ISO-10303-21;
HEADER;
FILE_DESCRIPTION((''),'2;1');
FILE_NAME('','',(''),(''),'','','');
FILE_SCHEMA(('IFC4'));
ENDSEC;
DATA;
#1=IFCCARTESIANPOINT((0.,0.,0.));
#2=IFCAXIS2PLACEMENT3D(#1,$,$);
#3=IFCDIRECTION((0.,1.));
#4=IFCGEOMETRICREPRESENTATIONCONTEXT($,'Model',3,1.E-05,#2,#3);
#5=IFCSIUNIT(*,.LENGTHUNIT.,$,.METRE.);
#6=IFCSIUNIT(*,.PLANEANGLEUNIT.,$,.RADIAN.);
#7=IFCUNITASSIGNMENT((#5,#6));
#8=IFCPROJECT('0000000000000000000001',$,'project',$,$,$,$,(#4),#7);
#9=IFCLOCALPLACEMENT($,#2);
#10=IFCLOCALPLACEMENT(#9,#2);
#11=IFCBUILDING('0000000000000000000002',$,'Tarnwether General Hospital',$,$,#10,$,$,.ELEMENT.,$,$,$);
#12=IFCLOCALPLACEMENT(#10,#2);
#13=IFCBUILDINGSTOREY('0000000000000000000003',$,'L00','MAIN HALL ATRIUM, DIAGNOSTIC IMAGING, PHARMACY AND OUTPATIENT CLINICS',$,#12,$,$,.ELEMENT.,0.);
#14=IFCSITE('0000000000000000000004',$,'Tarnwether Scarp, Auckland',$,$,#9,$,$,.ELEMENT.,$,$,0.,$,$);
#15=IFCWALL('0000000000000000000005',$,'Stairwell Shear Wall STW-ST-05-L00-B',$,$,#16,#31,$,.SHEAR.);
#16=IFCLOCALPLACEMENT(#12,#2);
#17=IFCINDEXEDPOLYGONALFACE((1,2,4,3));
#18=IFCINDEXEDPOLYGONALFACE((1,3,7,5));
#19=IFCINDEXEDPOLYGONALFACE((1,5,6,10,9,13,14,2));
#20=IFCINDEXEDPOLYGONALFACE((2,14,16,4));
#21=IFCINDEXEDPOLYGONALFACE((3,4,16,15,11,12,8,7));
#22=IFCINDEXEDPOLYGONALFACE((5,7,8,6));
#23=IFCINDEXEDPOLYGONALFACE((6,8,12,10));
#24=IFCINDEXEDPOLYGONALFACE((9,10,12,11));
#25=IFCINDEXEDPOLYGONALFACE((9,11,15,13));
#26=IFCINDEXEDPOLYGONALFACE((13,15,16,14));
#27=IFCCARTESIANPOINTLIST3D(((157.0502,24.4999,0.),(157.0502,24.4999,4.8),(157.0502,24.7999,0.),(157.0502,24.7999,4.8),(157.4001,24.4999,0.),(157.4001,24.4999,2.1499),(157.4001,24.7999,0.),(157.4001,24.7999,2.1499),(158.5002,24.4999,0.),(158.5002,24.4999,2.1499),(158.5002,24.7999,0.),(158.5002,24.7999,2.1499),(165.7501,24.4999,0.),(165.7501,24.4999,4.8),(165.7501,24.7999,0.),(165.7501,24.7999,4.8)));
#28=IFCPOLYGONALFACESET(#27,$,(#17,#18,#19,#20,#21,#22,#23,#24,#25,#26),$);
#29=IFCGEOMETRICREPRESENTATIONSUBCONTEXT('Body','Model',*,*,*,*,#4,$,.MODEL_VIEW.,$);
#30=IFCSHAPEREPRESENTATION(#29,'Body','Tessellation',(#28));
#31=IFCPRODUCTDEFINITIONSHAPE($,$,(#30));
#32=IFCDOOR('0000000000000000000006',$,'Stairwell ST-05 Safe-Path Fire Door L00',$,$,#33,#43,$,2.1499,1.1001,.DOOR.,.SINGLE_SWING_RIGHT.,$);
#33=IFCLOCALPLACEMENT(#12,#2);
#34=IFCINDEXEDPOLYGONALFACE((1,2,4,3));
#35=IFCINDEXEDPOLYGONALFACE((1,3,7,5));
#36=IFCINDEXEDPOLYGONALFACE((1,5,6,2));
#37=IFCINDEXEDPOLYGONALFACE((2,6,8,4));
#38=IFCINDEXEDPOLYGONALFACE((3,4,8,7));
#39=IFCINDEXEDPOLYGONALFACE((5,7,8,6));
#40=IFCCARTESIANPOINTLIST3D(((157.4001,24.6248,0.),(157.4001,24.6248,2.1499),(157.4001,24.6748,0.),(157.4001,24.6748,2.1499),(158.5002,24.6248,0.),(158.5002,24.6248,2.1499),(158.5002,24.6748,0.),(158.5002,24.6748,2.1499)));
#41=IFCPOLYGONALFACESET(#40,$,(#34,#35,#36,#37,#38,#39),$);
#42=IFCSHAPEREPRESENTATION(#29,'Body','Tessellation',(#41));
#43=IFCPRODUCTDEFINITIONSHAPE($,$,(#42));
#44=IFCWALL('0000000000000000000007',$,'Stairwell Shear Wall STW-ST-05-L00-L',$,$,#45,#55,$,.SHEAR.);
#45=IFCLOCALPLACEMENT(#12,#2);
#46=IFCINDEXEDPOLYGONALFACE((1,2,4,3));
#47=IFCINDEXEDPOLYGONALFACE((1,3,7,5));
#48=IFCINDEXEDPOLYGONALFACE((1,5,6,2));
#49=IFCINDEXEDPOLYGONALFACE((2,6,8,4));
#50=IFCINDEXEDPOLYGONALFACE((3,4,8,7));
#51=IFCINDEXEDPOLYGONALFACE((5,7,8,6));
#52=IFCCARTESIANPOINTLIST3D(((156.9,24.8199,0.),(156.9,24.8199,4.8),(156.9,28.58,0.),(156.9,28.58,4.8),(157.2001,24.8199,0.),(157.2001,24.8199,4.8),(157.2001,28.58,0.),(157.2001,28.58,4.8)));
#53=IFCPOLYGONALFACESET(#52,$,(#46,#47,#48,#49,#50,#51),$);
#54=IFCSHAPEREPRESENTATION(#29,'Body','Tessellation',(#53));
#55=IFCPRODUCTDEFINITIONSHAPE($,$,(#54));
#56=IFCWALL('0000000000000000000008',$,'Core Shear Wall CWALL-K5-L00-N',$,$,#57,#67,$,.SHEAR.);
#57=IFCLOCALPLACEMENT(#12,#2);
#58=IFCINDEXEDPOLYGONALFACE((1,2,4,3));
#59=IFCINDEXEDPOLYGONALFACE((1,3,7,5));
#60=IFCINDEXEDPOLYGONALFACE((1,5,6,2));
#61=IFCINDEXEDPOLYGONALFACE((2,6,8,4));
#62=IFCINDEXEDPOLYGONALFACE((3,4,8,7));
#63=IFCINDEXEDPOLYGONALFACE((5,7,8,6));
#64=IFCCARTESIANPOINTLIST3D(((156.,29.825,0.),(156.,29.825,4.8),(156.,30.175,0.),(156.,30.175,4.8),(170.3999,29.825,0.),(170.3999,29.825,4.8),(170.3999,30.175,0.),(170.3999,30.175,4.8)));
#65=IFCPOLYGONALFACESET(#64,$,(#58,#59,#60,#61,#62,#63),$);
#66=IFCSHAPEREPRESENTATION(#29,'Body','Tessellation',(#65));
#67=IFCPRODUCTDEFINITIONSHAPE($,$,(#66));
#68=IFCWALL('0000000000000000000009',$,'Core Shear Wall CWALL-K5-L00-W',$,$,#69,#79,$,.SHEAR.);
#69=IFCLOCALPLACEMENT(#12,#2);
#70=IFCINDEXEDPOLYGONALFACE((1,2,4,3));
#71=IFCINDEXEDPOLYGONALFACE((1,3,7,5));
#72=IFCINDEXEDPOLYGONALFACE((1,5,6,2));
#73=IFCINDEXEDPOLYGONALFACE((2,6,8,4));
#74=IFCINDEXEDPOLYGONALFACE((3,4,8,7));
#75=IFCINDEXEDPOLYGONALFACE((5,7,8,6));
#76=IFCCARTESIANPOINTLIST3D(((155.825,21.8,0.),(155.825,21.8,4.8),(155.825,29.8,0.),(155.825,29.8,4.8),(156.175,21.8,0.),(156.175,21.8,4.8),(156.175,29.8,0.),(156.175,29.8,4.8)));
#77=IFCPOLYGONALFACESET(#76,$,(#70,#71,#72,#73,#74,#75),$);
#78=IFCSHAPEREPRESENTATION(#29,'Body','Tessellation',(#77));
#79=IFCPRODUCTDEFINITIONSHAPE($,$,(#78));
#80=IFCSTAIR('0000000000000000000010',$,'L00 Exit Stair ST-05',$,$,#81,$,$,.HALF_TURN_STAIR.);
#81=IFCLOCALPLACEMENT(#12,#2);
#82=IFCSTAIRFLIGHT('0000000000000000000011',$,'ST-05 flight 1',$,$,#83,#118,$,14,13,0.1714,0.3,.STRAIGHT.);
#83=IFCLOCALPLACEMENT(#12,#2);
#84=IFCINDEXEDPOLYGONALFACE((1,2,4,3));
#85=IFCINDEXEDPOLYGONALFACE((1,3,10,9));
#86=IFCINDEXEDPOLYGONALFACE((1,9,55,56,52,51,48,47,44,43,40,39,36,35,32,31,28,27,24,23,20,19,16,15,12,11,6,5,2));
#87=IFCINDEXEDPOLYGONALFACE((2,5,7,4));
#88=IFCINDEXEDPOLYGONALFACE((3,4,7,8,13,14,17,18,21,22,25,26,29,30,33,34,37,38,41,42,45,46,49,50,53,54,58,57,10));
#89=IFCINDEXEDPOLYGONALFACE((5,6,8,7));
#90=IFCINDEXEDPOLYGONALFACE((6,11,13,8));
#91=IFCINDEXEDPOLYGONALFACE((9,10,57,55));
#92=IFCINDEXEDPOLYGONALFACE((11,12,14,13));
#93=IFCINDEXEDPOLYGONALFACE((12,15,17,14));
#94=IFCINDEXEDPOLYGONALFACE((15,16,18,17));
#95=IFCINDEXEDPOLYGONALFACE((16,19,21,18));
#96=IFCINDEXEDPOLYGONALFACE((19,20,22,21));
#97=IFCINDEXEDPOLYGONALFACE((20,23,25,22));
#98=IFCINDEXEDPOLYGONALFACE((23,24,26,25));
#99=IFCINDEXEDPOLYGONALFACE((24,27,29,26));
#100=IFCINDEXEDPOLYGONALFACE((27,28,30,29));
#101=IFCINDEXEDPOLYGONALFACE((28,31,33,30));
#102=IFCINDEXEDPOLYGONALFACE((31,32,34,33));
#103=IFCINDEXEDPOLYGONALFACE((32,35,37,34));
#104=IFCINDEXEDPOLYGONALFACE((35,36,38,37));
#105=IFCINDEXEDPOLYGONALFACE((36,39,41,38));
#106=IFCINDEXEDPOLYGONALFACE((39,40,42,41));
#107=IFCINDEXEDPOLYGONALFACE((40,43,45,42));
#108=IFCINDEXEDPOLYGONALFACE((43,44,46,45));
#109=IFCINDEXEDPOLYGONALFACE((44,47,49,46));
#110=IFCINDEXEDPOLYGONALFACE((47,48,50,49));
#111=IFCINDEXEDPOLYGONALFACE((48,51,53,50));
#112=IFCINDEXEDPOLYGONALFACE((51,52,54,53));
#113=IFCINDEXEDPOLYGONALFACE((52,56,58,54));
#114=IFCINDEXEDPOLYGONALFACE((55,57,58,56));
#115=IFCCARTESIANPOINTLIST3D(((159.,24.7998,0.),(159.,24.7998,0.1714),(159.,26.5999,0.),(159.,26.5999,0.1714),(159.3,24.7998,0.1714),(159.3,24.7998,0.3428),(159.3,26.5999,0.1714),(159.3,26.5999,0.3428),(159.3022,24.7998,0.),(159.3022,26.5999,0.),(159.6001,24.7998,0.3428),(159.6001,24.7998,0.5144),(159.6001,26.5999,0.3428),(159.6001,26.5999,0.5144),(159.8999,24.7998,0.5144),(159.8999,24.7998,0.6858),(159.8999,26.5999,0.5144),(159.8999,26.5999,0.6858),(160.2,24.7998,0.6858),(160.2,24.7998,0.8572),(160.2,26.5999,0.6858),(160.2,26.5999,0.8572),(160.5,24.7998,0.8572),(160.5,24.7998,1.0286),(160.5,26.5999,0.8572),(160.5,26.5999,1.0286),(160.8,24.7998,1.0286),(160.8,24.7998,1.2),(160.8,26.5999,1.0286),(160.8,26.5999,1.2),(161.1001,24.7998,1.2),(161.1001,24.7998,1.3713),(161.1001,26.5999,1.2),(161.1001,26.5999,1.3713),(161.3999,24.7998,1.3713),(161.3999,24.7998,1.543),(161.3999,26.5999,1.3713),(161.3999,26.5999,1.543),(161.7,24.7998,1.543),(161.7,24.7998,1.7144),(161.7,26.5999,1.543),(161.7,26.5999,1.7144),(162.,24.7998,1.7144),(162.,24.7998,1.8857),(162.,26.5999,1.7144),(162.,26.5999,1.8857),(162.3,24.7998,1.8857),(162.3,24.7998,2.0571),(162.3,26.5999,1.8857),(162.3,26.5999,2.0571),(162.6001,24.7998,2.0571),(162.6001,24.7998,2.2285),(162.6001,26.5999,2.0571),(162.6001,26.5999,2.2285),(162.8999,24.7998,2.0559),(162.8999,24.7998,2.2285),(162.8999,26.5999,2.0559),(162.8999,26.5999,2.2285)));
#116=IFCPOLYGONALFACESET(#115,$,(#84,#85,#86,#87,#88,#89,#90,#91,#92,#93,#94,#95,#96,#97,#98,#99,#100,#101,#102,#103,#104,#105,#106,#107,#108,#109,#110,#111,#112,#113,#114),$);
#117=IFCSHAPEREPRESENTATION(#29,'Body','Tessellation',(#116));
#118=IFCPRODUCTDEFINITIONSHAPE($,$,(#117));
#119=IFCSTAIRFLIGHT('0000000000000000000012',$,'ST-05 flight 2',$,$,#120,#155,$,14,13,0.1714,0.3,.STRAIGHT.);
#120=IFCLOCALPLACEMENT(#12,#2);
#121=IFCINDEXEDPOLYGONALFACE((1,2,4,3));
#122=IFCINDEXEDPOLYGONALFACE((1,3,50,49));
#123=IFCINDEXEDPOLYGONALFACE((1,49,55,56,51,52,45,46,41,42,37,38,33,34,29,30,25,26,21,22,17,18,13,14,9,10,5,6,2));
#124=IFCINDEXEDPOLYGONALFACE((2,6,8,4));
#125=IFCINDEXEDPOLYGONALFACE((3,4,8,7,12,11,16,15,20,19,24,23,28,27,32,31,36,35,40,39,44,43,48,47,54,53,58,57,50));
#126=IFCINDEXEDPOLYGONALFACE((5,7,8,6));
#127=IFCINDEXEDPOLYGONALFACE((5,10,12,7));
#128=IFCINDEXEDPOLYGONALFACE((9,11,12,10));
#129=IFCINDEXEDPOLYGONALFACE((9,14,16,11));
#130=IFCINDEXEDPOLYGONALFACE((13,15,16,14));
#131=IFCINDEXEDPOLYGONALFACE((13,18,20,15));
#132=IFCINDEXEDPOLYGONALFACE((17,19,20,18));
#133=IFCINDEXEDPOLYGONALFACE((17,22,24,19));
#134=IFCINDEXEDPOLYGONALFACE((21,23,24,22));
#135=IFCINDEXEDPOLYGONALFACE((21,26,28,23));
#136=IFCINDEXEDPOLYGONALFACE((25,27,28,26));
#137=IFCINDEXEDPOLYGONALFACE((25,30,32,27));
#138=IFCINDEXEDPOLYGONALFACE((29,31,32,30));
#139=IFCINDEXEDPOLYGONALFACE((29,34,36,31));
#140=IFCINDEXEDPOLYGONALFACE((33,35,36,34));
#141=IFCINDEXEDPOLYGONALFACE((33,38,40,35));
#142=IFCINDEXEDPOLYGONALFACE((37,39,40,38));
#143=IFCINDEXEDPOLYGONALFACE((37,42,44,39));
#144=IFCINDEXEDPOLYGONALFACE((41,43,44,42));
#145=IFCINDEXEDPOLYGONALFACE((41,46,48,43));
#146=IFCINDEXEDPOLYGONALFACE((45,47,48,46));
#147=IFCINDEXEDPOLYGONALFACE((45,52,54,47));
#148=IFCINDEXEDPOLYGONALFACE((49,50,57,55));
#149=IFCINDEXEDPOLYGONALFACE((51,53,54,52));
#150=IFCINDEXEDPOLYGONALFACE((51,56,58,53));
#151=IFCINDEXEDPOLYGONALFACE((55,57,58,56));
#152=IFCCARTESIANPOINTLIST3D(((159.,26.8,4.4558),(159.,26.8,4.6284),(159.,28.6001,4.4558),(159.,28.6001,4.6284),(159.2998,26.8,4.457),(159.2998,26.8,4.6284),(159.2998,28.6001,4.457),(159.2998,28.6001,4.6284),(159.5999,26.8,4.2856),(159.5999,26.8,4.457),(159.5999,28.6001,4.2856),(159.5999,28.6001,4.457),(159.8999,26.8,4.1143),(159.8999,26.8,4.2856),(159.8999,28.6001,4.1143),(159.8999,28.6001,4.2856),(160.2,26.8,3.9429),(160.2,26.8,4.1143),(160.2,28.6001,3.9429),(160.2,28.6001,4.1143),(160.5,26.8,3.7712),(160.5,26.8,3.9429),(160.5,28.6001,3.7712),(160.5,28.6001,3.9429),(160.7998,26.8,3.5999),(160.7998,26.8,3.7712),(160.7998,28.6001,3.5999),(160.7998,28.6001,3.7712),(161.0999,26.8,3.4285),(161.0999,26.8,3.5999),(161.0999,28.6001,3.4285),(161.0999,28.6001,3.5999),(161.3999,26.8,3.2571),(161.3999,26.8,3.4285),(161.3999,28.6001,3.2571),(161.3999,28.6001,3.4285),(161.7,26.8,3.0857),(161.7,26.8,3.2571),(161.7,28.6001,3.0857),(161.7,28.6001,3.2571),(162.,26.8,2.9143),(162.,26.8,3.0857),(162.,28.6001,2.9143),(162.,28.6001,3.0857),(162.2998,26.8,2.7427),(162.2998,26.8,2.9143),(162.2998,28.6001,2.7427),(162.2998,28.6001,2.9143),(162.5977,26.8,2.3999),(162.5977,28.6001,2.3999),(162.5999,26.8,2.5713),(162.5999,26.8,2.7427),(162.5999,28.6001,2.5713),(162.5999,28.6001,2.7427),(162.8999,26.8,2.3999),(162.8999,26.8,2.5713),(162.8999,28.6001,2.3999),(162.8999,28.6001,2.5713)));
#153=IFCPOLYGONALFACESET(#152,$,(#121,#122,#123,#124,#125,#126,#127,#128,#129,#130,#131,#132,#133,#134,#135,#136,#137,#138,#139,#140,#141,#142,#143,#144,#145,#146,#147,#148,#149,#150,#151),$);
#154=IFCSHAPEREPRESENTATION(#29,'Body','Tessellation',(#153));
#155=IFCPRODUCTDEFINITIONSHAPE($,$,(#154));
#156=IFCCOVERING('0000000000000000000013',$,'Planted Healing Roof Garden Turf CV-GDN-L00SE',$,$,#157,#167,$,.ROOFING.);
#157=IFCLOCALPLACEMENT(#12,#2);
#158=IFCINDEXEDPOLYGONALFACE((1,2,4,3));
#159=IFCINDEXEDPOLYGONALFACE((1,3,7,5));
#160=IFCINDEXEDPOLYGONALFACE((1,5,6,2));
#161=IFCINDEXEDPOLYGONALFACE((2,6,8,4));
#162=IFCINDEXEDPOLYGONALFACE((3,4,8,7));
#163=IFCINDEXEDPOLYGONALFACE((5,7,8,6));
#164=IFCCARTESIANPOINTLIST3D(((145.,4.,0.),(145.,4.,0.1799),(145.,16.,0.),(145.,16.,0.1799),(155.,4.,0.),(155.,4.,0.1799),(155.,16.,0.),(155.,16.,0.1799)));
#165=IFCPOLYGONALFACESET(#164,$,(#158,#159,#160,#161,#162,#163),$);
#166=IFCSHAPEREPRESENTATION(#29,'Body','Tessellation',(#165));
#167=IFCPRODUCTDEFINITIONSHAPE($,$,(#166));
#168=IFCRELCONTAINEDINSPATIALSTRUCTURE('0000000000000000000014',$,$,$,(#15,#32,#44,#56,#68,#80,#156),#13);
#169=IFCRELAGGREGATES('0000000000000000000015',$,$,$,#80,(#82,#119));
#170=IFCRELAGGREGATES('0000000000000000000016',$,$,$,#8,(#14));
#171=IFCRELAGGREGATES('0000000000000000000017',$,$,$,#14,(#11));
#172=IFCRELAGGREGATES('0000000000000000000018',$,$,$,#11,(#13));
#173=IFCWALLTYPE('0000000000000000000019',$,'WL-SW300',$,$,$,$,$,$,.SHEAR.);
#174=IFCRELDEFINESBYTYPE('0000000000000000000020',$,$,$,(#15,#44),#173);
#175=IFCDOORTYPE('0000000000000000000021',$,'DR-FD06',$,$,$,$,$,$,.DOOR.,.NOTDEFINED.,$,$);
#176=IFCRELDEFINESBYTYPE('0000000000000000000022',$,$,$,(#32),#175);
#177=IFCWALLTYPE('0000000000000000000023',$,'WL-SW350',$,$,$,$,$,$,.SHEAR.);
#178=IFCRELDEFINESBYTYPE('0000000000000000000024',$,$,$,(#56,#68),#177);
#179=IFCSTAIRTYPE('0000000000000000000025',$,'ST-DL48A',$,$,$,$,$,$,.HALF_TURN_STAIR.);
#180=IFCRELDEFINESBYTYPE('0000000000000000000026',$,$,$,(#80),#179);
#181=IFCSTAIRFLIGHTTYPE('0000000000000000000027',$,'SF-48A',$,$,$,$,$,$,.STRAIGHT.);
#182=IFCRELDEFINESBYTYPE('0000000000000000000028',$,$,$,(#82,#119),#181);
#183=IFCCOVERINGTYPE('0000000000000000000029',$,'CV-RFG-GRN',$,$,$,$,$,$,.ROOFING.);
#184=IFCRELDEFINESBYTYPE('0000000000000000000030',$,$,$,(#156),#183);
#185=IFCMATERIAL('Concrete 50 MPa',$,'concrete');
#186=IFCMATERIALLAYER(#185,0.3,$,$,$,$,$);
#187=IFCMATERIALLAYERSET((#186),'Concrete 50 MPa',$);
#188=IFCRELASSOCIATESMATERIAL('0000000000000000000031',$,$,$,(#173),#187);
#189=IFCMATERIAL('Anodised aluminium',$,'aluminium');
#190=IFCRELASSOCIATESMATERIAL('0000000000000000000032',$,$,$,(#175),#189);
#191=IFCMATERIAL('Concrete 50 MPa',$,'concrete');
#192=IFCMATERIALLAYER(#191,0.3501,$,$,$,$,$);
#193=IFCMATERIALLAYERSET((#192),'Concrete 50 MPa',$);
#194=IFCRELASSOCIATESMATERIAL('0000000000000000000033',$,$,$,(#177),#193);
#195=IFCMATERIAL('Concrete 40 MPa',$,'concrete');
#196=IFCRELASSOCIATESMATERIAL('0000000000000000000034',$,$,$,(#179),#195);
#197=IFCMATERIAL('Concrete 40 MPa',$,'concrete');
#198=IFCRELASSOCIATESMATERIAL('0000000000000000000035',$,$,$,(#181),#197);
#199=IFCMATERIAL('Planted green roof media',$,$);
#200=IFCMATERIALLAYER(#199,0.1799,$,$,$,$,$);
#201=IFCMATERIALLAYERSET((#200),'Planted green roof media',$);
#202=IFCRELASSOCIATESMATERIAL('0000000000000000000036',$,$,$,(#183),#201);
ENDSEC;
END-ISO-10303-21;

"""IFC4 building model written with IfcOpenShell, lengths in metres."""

from ifc_helpers import new_model, si_unit, direction, frame, frame_2d, origin, origin_2d, place, context, subcontext, project, spatial, polyline, rectangle, outline, extrude, material, layer, layer_set, type_object, element, fill, aggregate, save


model = new_model("IFC4")

# Units and contexts
model_context = context("Model", 3, precision=1e-05, world=origin(), true_north=direction((0.0, 1.0)))
body_context = subcontext(model_context, "Body", "Model", "MODEL_VIEW")
ifc_project = project(units=[si_unit("LENGTHUNIT", "METRE"), si_unit("PLANEANGLEUNIT", "RADIAN")], contexts=[model_context])

# Site, building, storey
site_placement = place(None, origin())
site = spatial("IfcSite", under=ifc_project, at=site_placement, Name="Tarnwether Scarp, Auckland", CompositionType="ELEMENT", RefElevation=0.0)
building_placement = place(site_placement, origin())
building = spatial("IfcBuilding", under=site, at=building_placement, Name="Tarnwether General Hospital", CompositionType="ELEMENT")
storey_placement = place(building_placement, origin())
storey = spatial("IfcBuildingStorey", under=building, at=storey_placement, Name="L00", Description="MAIN HALL ATRIUM, DIAGNOSTIC IMAGING, PHARMACY AND OUTPATIENT CLINICS", CompositionType="ELEMENT", Elevation=0.0)

# Wall, opening, door
ifc_material_1 = material(Name="Concrete 50 MPa", Category="concrete")
ifc_layer_1 = layer(ifc_material_1, 0.3)
ifc_layer_set_1 = layer_set([ifc_layer_1], Name="Concrete 50 MPa")
wall_type_1 = type_object("IfcWallType", Name="WL-SW300", PredefinedType="SHEAR", material=ifc_layer_set_1)
wall_1_placement = place(storey_placement, frame((157.05, 24.6499, 0.0), z_axis=(0.0, 0.0, 1.0), x_axis=(1.0, 0.0, 0.0)))
wall_1 = element("IfcWall", 1, at=wall_1_placement, inside=storey, type_object=wall_type_1, Name="Stairwell Shear Wall STW-ST-05-L00-B", PredefinedType="SHEAR", context=body_context, shape_type="SweptSolid", body=[
    extrude(rectangle(XDim=8.7, YDim=0.3, at=frame_2d((4.3501, 0.0))), origin(), (0.0, 0.0, 1.0), 4.8),
])
opening_1_placement = place(wall_1_placement, frame((0.3501, 0.0, 0.0)))
opening_1 = element("IfcOpeningElement", 2, at=opening_1_placement, cuts=wall_1, PredefinedType="OPENING", context=body_context, shape_type="SweptSolid", body=[
    extrude(rectangle(XDim=1.1001, YDim=2.1499, at=frame_2d((0.55, 1.075))), frame((0.0, 0.1602, 0.0), z_axis=(0.0, -1.0, 0.0), x_axis=(1.0, 0.0, 0.0)), (0.0, 0.0, 1.0), 0.3201),
])
ifc_material_2 = material(Name="Anodised aluminium", Category="aluminium")
door_type_1 = type_object("IfcDoorType", Name="DR-FD06", OperationType="NOTDEFINED", PredefinedType="DOOR", material=ifc_material_2)
door_1_placement = place(opening_1_placement, origin())
door_1 = element("IfcDoor", 3, at=door_1_placement, inside=storey, type_object=door_type_1, Name="Stairwell ST-05 Safe-Path Fire Door L00", OperationType="SINGLE_SWING_RIGHT", OverallHeight=2.1499, OverallWidth=1.1001, PredefinedType="DOOR", context=body_context, shape_type="SweptSolid", body=[
    extrude(rectangle(XDim=1.1001, YDim=2.1499, at=frame_2d((0.55, 1.075))), frame((0.0, 0.0249, 0.0), z_axis=(0.0, -1.0, 0.0), x_axis=(1.0, 0.0, 0.0)), (0.0, 0.0, 1.0), 0.05),
])
fill(opening_1, door_1)

# Walls
wall_2_placement = place(storey_placement, frame((157.05, 24.8201, 0.0), z_axis=(0.0, 0.0, 1.0), x_axis=(0.0, 1.0, 0.0)))
element("IfcWall", 4, at=wall_2_placement, inside=storey, type_object=wall_type_1, Name="Stairwell Shear Wall STW-ST-05-L00-L", PredefinedType="SHEAR", context=body_context, shape_type="SweptSolid", body=[
    extrude(rectangle(XDim=3.76, YDim=0.3, at=frame_2d((1.8799, 0.0))), origin(), (0.0, 0.0, 1.0), 4.8),
])
ifc_material_3 = material(Name="Concrete 50 MPa", Category="concrete")
ifc_layer_2 = layer(ifc_material_3, 0.3501)
ifc_layer_set_2 = layer_set([ifc_layer_2], Name="Concrete 50 MPa")
wall_type_2 = type_object("IfcWallType", Name="WL-SW350", PredefinedType="SHEAR", material=ifc_layer_set_2)
wall_3_placement = place(storey_placement, frame((156.0, 30.0, 0.0), z_axis=(0.0, 0.0, 1.0), x_axis=(1.0, 0.0, 0.0)))
element("IfcWall", 5, at=wall_3_placement, inside=storey, type_object=wall_type_2, Name="Core Shear Wall CWALL-K5-L00-N", PredefinedType="SHEAR", context=body_context, shape_type="SweptSolid", body=[
    extrude(rectangle(XDim=14.3999, YDim=0.3501, at=frame_2d((7.2, 0.0))), origin(), (0.0, 0.0, 1.0), 4.8),
])
wall_4_placement = place(storey_placement, frame((156.0, 21.8, 0.0), z_axis=(0.0, 0.0, 1.0), x_axis=(0.0, 1.0, 0.0)))
element("IfcWall", 6, at=wall_4_placement, inside=storey, type_object=wall_type_2, Name="Core Shear Wall CWALL-K5-L00-W", PredefinedType="SHEAR", context=body_context, shape_type="SweptSolid", body=[
    extrude(rectangle(XDim=8.0, YDim=0.3501, at=frame_2d((4.0, 0.0))), origin(), (0.0, 0.0, 1.0), 4.8),
])

# Stair, stair flights
ifc_material_4 = material(Name="Concrete 40 MPa", Category="concrete")
stair_type = type_object("IfcStairType", Name="ST-DL48A", PredefinedType="HALF_TURN_STAIR", material=ifc_material_4)
stair_placement = place(storey_placement, origin())
stair = element("IfcStair", 7, at=stair_placement, inside=storey, type_object=stair_type, Name="L00 Exit Stair ST-05", PredefinedType="HALF_TURN_STAIR")
ifc_material_5 = material(Name="Concrete 40 MPa", Category="concrete")
stair_flight_type = type_object("IfcStairFlightType", Name="SF-48A", PredefinedType="STRAIGHT", material=ifc_material_5)
stair_flight_1_placement = place(storey_placement, frame((159.0, 25.7, 0.0), z_axis=(0.0, 0.0, 1.0), x_axis=(1.0, 0.0, 0.0)))
stair_flight_1 = element("IfcStairFlight", 8, at=stair_flight_1_placement, type_object=stair_flight_type, Name="ST-05 flight 1", NumberOfRisers=14, NumberOfTreads=13, PredefinedType="STRAIGHT", RiserHeight=0.1714, TreadLength=0.3, context=body_context, shape_type="SweptSolid", body=[
    extrude(outline(polyline([(0.0, 0.0), (0.0, 0.1714), (0.3, 0.1714), (0.3, 0.3428), (0.6001, 0.3428), (0.6001, 0.5144), (0.8999, 0.5144), (0.8999, 0.6858), (1.2, 0.6858), (1.2, 0.8572), (1.5, 0.8572), (1.5, 1.0286), (1.8, 1.0286), (1.8, 1.2), (2.1001, 1.2), (2.1001, 1.3713), (2.3999, 1.3713), (2.3999, 1.543), (2.7, 1.543), (2.7, 1.7144), (3.0, 1.7144), (3.0, 1.8857), (3.3, 1.8857), (3.3, 2.0571), (3.6001, 2.0571), (3.6001, 2.2285), (3.8999, 2.2285), (3.8999, 2.3999), (3.8999, 2.0559), (0.3022, 0.0), (0.0, 0.0)])), frame((0.0, 0.8999, 0.0), z_axis=(0.0, -1.0, 0.0), x_axis=(1.0, 0.0, 0.0)), (0.0, 0.0, 1.0), 1.8),
])
stair_flight_2_placement = place(storey_placement, frame((162.8999, 27.7, 2.3999), z_axis=(0.0, 0.0, 1.0), x_axis=(-1.0, 0.0, 0.0)))
stair_flight_2 = element("IfcStairFlight", 9, at=stair_flight_2_placement, type_object=stair_flight_type, Name="ST-05 flight 2", NumberOfRisers=14, NumberOfTreads=13, PredefinedType="STRAIGHT", RiserHeight=0.1714, TreadLength=0.3, context=body_context, shape_type="SweptSolid", body=[
    extrude(outline(polyline([(0.0, 0.0), (0.0, 0.1714), (0.3, 0.1714), (0.3, 0.3428), (0.6001, 0.3428), (0.6001, 0.5144), (0.8999, 0.5144), (0.8999, 0.6858), (1.2, 0.6858), (1.2, 0.8572), (1.5, 0.8572), (1.5, 1.0286), (1.8, 1.0286), (1.8, 1.2), (2.1001, 1.2), (2.1001, 1.3713), (2.3999, 1.3713), (2.3999, 1.543), (2.7, 1.543), (2.7, 1.7144), (3.0, 1.7144), (3.0, 1.8857), (3.3, 1.8857), (3.3, 2.0571), (3.6001, 2.0571), (3.6001, 2.2285), (3.8999, 2.2285), (3.8999, 2.3999), (3.8999, 2.0559), (0.3022, 0.0), (0.0, 0.0)])), frame((0.0, 0.8999, 0.0), z_axis=(0.0, -1.0, 0.0), x_axis=(1.0, 0.0, 0.0)), (0.0, 0.0, 1.0), 1.8),
])
aggregate(stair, [stair_flight_1, stair_flight_2])

# Covering
ifc_material_6 = material(Name="Planted green roof media")
ifc_layer_3 = layer(ifc_material_6, 0.1799)
ifc_layer_set_3 = layer_set([ifc_layer_3], Name="Planted green roof media")
covering_type = type_object("IfcCoveringType", Name="CV-RFG-GRN", PredefinedType="ROOFING", material=ifc_layer_set_3)
covering_placement = place(storey_placement, frame((150.0, 10.0, 0.0), z_axis=(0.0, 0.0, 1.0), x_axis=(1.0, 0.0, 0.0)))
element("IfcCovering", 10, at=covering_placement, inside=storey, type_object=covering_type, Name="Planted Healing Roof Garden Turf CV-GDN-L00SE", PredefinedType="ROOFING", context=body_context, shape_type="SweptSolid", body=[
    extrude(rectangle(XDim=10.0, YDim=12.0, at=origin_2d()), origin(), (0.0, 0.0, 1.0), 0.1799),
])

save(model, "model.ifc")
